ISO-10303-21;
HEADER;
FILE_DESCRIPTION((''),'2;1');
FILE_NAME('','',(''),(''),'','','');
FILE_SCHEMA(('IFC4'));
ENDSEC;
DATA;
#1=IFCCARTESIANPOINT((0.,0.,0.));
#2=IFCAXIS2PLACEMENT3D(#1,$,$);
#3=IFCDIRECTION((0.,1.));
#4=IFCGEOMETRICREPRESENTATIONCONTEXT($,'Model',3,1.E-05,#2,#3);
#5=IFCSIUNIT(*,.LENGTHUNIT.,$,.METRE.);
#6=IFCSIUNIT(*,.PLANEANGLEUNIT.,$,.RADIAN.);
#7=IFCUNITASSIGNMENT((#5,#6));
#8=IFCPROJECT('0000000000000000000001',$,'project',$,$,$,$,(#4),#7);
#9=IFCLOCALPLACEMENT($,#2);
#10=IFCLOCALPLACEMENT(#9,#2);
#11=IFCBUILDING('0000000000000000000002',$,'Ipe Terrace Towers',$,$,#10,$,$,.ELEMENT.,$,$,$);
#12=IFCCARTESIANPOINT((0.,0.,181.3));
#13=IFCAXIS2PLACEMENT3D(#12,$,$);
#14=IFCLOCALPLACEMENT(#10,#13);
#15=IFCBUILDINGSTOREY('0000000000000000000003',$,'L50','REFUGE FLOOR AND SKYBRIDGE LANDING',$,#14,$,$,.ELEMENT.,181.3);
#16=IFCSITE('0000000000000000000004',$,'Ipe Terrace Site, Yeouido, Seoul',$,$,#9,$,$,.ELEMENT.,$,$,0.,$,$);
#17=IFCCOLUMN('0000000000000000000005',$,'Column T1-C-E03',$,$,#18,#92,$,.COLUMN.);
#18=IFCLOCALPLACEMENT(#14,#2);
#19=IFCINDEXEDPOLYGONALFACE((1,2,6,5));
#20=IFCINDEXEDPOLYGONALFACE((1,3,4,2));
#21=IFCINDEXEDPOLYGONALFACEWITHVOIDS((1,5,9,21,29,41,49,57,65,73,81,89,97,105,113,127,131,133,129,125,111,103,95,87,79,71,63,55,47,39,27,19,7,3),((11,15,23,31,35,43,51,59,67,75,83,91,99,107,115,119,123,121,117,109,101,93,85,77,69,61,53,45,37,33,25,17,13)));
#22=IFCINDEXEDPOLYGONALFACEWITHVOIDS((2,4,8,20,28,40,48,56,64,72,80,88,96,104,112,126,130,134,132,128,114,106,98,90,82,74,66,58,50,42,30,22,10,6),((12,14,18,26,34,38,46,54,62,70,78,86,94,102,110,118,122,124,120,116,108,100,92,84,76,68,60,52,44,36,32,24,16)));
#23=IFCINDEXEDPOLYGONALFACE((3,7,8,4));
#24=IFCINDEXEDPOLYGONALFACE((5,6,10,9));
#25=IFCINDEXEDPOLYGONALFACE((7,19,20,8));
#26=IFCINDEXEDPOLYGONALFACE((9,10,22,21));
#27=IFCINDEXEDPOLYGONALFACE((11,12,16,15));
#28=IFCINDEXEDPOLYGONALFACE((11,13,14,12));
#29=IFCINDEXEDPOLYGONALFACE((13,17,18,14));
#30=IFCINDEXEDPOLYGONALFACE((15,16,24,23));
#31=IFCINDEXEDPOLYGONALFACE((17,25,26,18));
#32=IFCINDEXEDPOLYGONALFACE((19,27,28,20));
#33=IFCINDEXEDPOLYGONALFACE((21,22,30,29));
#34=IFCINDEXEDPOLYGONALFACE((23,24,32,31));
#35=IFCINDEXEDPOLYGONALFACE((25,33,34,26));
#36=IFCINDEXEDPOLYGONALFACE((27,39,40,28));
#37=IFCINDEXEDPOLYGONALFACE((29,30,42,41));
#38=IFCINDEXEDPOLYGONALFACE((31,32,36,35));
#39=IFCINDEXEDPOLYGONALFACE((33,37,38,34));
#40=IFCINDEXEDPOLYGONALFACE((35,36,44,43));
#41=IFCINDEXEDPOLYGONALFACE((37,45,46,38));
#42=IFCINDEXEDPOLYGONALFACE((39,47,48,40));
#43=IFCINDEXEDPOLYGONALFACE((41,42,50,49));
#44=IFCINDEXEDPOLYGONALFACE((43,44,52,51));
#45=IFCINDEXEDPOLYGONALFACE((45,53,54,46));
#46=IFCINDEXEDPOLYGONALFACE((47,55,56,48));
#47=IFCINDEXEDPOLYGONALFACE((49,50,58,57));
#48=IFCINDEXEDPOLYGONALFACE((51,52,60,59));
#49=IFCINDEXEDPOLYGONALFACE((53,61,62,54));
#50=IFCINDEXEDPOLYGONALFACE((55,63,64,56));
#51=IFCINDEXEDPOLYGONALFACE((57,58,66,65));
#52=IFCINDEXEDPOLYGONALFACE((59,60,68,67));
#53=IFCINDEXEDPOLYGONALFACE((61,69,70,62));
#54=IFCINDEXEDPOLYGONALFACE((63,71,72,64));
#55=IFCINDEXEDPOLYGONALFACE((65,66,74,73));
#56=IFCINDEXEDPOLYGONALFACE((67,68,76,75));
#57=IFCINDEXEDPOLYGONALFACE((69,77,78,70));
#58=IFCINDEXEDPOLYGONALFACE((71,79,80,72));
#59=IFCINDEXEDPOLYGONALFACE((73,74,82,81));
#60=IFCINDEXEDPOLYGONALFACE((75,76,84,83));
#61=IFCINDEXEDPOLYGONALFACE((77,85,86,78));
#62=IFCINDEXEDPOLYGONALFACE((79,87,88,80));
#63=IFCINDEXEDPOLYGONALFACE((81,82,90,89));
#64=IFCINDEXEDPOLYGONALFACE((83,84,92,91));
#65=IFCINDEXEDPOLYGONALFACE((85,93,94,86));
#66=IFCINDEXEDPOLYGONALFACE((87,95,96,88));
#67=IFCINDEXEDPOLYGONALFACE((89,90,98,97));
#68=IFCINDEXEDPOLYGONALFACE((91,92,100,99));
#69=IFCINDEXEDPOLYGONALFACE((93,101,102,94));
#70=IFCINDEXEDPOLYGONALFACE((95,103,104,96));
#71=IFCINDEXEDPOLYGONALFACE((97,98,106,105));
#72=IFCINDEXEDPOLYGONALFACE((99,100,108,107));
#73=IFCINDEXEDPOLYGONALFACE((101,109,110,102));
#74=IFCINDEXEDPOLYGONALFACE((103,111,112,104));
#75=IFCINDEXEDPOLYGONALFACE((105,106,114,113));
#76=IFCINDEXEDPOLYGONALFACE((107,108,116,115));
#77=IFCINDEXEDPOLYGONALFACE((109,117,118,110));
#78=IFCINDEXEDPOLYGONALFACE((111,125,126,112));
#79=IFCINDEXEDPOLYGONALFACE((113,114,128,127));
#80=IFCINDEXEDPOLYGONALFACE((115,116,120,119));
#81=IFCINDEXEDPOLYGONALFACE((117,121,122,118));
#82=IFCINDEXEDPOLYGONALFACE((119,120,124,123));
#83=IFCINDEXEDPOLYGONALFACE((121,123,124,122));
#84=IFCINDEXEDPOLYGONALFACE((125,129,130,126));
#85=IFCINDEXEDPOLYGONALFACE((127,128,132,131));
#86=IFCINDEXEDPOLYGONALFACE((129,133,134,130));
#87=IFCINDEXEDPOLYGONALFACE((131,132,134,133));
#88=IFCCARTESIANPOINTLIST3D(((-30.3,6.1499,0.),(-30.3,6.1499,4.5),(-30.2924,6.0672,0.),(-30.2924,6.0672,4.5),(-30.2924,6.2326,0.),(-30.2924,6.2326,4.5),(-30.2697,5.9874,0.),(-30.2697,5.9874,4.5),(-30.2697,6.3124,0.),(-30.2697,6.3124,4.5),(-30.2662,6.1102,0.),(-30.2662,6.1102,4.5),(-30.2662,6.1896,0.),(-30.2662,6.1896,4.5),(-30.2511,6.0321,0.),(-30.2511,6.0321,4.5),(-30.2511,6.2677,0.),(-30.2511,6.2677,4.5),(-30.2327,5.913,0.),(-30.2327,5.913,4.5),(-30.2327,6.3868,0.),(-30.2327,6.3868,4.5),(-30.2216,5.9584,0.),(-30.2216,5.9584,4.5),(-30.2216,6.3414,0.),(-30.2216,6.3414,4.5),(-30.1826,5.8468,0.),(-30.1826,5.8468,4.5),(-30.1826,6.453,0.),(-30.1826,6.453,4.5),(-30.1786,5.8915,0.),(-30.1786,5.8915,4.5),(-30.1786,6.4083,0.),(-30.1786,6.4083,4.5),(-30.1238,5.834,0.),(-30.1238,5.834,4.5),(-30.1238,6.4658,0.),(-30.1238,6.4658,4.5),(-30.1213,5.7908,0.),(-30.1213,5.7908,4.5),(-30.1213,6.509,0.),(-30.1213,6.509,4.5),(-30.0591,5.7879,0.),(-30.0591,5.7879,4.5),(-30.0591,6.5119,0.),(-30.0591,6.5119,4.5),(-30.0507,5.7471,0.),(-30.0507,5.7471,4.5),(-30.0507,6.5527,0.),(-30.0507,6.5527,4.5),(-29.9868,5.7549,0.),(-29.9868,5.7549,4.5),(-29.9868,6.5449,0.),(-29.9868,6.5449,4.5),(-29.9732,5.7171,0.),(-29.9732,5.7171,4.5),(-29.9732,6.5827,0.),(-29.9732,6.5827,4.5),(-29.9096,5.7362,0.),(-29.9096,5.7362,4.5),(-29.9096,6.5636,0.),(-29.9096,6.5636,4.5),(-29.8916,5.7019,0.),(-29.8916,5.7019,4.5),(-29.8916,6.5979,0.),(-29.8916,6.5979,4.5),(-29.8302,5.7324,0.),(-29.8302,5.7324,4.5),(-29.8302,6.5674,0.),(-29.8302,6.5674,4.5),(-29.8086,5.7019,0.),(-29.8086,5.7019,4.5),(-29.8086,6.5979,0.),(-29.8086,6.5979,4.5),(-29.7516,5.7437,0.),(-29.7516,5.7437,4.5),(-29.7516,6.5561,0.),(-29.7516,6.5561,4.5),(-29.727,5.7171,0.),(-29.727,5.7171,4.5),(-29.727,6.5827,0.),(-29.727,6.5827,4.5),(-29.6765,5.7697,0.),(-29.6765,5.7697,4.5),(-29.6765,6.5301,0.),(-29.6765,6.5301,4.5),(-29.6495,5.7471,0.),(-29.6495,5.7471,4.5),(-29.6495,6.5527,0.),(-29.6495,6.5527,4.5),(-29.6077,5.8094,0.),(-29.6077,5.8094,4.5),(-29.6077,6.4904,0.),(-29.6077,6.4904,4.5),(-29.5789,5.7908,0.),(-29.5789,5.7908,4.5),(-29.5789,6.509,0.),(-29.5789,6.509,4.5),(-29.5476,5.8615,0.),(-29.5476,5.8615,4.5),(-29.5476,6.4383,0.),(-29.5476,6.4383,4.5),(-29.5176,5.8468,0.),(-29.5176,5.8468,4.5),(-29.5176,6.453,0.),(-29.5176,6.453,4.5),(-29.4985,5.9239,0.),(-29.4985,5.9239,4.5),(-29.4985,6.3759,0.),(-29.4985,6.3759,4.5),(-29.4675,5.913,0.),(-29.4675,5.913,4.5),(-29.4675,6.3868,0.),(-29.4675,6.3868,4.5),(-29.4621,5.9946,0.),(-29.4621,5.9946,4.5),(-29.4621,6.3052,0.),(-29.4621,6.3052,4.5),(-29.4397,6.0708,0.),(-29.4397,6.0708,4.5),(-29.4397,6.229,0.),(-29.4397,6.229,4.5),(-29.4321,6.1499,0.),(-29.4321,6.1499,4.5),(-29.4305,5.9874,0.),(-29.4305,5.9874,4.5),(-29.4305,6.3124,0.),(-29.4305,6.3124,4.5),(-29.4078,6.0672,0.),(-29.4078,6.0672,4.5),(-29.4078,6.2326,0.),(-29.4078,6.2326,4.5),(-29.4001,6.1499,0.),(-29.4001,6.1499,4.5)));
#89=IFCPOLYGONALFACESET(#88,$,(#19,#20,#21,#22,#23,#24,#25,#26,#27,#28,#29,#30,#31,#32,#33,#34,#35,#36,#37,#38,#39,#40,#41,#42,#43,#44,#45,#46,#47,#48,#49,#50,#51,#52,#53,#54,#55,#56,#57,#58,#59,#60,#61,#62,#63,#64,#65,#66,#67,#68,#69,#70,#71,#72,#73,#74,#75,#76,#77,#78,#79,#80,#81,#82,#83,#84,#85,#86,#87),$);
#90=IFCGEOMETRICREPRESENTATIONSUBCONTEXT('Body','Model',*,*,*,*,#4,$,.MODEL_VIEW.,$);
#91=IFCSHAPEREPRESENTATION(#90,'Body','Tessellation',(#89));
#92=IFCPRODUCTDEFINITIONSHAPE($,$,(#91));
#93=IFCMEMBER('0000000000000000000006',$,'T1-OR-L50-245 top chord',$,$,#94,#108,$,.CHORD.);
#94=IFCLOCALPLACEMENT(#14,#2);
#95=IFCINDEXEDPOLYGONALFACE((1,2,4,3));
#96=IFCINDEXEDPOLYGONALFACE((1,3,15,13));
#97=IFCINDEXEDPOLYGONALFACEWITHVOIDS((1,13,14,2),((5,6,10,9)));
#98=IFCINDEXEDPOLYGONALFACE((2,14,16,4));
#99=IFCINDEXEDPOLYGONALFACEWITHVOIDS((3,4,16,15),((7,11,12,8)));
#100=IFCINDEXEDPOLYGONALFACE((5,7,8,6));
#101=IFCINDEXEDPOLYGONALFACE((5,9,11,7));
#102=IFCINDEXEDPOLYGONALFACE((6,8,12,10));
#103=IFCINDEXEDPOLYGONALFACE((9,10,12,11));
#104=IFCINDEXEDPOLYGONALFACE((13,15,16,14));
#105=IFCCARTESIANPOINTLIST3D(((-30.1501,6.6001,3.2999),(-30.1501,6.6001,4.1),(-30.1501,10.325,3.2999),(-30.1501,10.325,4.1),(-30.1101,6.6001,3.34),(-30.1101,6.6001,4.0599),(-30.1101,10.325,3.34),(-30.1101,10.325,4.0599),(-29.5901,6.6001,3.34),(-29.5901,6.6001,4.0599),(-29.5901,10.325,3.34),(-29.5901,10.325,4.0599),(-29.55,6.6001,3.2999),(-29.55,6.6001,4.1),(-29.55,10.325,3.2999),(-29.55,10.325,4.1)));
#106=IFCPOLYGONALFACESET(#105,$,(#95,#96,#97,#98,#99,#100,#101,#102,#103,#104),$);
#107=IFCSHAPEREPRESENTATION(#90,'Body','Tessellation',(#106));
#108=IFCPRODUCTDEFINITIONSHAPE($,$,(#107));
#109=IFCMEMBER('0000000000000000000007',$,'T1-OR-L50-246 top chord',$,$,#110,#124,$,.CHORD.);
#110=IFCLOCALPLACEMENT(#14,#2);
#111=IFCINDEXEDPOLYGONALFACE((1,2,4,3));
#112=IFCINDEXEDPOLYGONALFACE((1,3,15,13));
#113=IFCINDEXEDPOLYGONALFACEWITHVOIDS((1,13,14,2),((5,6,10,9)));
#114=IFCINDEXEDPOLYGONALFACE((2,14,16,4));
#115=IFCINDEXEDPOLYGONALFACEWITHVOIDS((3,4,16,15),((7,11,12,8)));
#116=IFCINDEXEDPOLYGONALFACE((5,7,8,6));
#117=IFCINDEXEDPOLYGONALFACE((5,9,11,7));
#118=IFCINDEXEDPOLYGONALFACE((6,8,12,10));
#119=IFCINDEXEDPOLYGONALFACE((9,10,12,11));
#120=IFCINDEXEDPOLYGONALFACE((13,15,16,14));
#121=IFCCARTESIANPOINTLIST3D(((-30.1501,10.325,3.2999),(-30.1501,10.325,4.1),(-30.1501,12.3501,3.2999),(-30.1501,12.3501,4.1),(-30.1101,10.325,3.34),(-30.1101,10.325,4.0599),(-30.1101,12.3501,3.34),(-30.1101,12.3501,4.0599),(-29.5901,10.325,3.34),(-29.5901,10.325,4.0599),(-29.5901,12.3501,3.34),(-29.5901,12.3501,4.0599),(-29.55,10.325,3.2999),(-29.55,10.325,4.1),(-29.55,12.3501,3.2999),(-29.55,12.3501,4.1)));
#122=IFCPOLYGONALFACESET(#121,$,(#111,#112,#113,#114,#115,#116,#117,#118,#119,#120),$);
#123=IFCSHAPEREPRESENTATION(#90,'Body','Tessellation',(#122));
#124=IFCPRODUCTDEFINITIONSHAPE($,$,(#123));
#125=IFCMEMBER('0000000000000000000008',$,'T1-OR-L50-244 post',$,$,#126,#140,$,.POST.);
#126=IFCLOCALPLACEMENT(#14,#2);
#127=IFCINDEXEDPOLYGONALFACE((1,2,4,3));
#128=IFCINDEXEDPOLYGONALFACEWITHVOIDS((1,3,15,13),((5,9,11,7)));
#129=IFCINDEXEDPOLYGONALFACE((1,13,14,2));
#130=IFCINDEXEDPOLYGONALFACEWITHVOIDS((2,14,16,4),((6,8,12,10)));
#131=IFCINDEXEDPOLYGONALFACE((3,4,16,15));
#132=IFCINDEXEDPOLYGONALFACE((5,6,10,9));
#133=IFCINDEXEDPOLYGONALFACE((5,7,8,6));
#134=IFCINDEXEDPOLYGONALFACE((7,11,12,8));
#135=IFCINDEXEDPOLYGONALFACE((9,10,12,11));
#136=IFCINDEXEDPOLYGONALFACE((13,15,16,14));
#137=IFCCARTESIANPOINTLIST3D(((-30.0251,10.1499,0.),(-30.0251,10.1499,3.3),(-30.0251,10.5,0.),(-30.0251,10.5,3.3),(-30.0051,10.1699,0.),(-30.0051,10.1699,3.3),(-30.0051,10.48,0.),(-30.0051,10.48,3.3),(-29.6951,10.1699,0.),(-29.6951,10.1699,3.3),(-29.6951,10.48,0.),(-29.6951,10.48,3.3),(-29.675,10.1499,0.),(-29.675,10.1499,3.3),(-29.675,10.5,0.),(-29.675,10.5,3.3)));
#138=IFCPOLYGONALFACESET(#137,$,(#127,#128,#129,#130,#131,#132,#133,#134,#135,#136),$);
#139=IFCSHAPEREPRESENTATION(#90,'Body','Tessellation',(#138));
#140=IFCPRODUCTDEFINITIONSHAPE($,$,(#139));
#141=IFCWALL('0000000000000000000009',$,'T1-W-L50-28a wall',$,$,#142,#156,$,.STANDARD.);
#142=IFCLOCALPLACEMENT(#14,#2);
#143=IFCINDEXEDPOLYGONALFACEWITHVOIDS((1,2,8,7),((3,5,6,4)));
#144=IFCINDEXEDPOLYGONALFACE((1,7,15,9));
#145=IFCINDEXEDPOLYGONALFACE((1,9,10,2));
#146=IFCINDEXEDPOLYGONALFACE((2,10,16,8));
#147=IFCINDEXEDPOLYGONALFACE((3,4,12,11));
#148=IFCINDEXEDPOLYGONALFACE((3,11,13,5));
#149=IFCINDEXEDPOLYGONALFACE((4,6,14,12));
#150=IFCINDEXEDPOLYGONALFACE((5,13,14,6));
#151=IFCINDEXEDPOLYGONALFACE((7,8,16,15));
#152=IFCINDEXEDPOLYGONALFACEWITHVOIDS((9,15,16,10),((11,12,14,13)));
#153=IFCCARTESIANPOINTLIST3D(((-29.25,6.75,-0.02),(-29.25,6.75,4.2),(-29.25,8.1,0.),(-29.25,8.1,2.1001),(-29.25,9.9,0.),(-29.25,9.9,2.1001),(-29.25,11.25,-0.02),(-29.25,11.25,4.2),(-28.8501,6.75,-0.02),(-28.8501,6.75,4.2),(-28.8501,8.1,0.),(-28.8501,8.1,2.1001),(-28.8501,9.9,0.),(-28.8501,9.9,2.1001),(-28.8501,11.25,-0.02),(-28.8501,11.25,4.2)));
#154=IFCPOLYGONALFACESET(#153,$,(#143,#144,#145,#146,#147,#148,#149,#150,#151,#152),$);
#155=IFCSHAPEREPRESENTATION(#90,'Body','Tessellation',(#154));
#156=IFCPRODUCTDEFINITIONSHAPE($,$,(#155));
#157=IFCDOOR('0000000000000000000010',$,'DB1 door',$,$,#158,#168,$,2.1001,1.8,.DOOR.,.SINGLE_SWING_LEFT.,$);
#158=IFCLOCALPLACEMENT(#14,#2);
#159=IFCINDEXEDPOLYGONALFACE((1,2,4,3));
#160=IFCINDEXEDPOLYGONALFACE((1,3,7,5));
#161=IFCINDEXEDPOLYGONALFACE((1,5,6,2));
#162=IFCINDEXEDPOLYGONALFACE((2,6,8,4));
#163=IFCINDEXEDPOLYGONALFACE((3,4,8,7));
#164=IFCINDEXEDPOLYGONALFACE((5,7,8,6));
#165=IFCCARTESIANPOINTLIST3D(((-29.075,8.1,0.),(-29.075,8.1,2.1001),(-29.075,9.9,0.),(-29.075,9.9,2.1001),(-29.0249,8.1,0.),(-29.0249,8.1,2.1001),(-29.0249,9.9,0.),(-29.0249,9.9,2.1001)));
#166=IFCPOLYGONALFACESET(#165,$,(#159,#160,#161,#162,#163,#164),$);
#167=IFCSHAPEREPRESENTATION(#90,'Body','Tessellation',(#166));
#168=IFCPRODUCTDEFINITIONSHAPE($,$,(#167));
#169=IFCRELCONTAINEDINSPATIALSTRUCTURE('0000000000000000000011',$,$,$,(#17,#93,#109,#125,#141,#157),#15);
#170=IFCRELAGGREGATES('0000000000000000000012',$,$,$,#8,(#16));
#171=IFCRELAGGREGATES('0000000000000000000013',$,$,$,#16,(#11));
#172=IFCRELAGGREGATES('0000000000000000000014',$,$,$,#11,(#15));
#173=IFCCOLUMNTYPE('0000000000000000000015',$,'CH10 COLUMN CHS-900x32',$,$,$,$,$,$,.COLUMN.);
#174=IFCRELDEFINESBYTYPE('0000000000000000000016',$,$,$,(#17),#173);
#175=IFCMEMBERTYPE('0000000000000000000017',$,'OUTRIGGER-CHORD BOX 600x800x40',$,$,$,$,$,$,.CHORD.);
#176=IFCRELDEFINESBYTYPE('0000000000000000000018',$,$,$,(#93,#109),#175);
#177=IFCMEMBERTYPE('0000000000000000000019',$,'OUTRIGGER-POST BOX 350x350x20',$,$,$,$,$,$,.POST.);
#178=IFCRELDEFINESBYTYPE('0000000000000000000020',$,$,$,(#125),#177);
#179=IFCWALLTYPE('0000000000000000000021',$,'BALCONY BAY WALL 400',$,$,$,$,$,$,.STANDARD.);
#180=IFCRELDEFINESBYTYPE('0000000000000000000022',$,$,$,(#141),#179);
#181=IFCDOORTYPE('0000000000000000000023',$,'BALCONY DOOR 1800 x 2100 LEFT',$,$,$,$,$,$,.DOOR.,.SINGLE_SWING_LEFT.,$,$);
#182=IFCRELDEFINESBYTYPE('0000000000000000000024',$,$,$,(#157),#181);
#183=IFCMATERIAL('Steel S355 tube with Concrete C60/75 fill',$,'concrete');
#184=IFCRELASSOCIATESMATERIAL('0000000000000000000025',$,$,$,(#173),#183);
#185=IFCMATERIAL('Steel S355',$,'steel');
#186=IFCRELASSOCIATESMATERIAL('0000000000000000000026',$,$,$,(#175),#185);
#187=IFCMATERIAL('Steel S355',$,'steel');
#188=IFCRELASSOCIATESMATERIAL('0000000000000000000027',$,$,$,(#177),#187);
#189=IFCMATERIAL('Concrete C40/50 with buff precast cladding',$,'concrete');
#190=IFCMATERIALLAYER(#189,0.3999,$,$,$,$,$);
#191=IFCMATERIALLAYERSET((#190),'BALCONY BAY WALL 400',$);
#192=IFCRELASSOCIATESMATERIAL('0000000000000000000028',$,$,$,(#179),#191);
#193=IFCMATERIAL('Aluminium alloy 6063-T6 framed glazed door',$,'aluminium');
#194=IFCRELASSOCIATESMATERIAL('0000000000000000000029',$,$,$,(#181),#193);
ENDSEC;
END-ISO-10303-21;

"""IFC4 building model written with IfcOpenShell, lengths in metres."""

from ifc_helpers import new_model, si_unit, direction, frame, frame_2d, origin, origin_2d, place, context, subcontext, project, spatial, rectangle, hollow_rectangle, hollow_circle, extrude, material, layer, layer_set, material_profile, profile_set, type_object, element, fill, save


model = new_model("IFC4")

# Units and contexts
model_context = context("Model", 3, precision=1e-05, world=origin(), true_north=direction((0.0, 1.0)))
body_context = subcontext(model_context, "Body", "Model", "MODEL_VIEW")
ifc_project = project(units=[si_unit("LENGTHUNIT", "METRE"), si_unit("PLANEANGLEUNIT", "RADIAN")], contexts=[model_context])

# Site, building, storey
site_placement = place(None, origin())
site = spatial("IfcSite", under=ifc_project, at=site_placement, Name="Ipe Terrace Site, Yeouido, Seoul", CompositionType="ELEMENT", RefElevation=0.0)
building_placement = place(site_placement, origin())
building = spatial("IfcBuilding", under=site, at=building_placement, Name="Ipe Terrace Towers", CompositionType="ELEMENT")
storey_placement = place(building_placement, frame((0.0, 0.0, 181.3)))
storey = spatial("IfcBuildingStorey", under=building, at=storey_placement, Name="L50", Description="REFUGE FLOOR AND SKYBRIDGE LANDING", CompositionType="ELEMENT", Elevation=181.3)

# Column
ifc_material_1 = material(Name="Steel S355 tube with Concrete C60/75 fill", Category="concrete")
ifc_material_profile_1 = material_profile(ifc_material_1, hollow_circle(Radius=0.45, WallThickness=0.032, at=origin_2d()), Name="CHS-900x32")
ifc_profile_set_1 = profile_set([ifc_material_profile_1], Name="Steel S355 tube with Concrete C60/75 fill")
column_type = type_object("IfcColumnType", Name="CH10 COLUMN CHS-900x32", PredefinedType="COLUMN", material=ifc_profile_set_1)
column_placement = place(storey_placement, frame((-29.8501, 6.1499, 0.0), z_axis=(0.0, 0.0, 1.0), x_axis=(1.0, 0.0, 0.0)))
element("IfcColumn", 1, at=column_placement, inside=storey, type_object=column_type, Name="Column T1-C-E03", PredefinedType="COLUMN", context=body_context, shape_type="SweptSolid", body=[
    extrude(hollow_circle(Radius=0.45, WallThickness=0.032, at=origin_2d()), origin(), (0.0, 0.0, 1.0), 4.5),
])

# Members
ifc_material_2 = material(Name="Steel S355", Category="steel")
ifc_material_profile_2 = material_profile(ifc_material_2, hollow_rectangle(XDim=0.6001, YDim=0.8, WallThickness=0.04, at=origin_2d()), Name="OUTRIGGER-CHORD BOX 600x800x40")
ifc_profile_set_2 = profile_set([ifc_material_profile_2], Name="Steel S355")
member_type_1 = type_object("IfcMemberType", Name="OUTRIGGER-CHORD BOX 600x800x40", PredefinedType="CHORD", material=ifc_profile_set_2)
member_1_placement = place(storey_placement, frame((-29.8501, 6.6001, 3.7), z_axis=(0.0, 1.0, 0.0), x_axis=(-1.0, 0.0, 0.0)))
element("IfcMember", 2, at=member_1_placement, inside=storey, type_object=member_type_1, Name="T1-OR-L50-245 top chord", PredefinedType="CHORD", context=body_context, shape_type="SweptSolid", body=[
    extrude(hollow_rectangle(XDim=0.6001, YDim=0.8, WallThickness=0.04, at=origin_2d()), origin(), (0.0, 0.0, 1.0), 3.7249),
])
member_2_placement = place(storey_placement, frame((-29.8501, 10.325, 3.7), z_axis=(0.0, 1.0, 0.0), x_axis=(-1.0, 0.0, 0.0)))
element("IfcMember", 3, at=member_2_placement, inside=storey, type_object=member_type_1, Name="T1-OR-L50-246 top chord", PredefinedType="CHORD", context=body_context, shape_type="SweptSolid", body=[
    extrude(hollow_rectangle(XDim=0.6001, YDim=0.8, WallThickness=0.04, at=origin_2d()), origin(), (0.0, 0.0, 1.0), 2.0251),
])
ifc_material_3 = material(Name="Steel S355", Category="steel")
ifc_material_profile_3 = material_profile(ifc_material_3, hollow_rectangle(XDim=0.3501, YDim=0.3501, WallThickness=0.02, at=origin_2d()), Name="OUTRIGGER-POST BOX 350x350x20")
ifc_profile_set_3 = profile_set([ifc_material_profile_3], Name="Steel S355")
member_type_2 = type_object("IfcMemberType", Name="OUTRIGGER-POST BOX 350x350x20", PredefinedType="POST", material=ifc_profile_set_3)
member_3_placement = place(storey_placement, frame((-29.8501, 10.325, 0.0), z_axis=(0.0, 0.0, 1.0), x_axis=(1.0, 0.0, 0.0)))
element("IfcMember", 4, at=member_3_placement, inside=storey, type_object=member_type_2, Name="T1-OR-L50-244 post", PredefinedType="POST", context=body_context, shape_type="SweptSolid", body=[
    extrude(hollow_rectangle(XDim=0.3501, YDim=0.3501, WallThickness=0.02, at=origin_2d()), origin(), (0.0, 0.0, 1.0), 3.3),
])

# Wall, opening, door
ifc_material_4 = material(Name="Concrete C40/50 with buff precast cladding", Category="concrete")
ifc_layer_1 = layer(ifc_material_4, 0.3999)
ifc_layer_set_1 = layer_set([ifc_layer_1], Name="BALCONY BAY WALL 400")
wall_type_1 = type_object("IfcWallType", Name="BALCONY BAY WALL 400", PredefinedType="STANDARD", material=ifc_layer_set_1)
wall_1_placement = place(storey_placement, frame((-29.05, 6.75, -0.02), z_axis=(0.0, 0.0, 1.0), x_axis=(0.0, 1.0, 0.0)))
wall_1 = element("IfcWall", 5, at=wall_1_placement, inside=storey, type_object=wall_type_1, Name="T1-W-L50-28a wall", PredefinedType="STANDARD", context=body_context, shape_type="SweptSolid", body=[
    extrude(rectangle(XDim=4.5, YDim=0.3999, at=frame_2d((2.25, 0.0))), origin(), (0.0, 0.0, 1.0), 4.22),
])
opening_1_placement = place(wall_1_placement, frame((1.3501, 0.0, 0.02)))
opening_1 = element("IfcOpeningElement", 6, at=opening_1_placement, cuts=wall_1, PredefinedType="OPENING", context=body_context, shape_type="SweptSolid", body=[
    extrude(rectangle(XDim=1.8, YDim=2.1001, at=frame_2d((0.8999, 1.05))), frame((0.0, 0.21, 0.0), z_axis=(0.0, -1.0, 0.0), x_axis=(1.0, 0.0, 0.0)), (0.0, 0.0, 1.0), 0.4199),
])
ifc_material_5 = material(Name="Aluminium alloy 6063-T6 framed glazed door", Category="aluminium")
door_type_1 = type_object("IfcDoorType", Name="BALCONY DOOR 1800 x 2100 LEFT", OperationType="SINGLE_SWING_LEFT", PredefinedType="DOOR", material=ifc_material_5)
door_1_placement = place(opening_1_placement, origin())
door_1 = element("IfcDoor", 7, at=door_1_placement, inside=storey, type_object=door_type_1, Name="DB1 door", OperationType="SINGLE_SWING_LEFT", OverallHeight=2.1001, OverallWidth=1.8, PredefinedType="DOOR", context=body_context, shape_type="SweptSolid", body=[
    extrude(rectangle(XDim=1.8, YDim=2.1001, at=frame_2d((0.8999, 1.05))), frame((0.0, 0.0249, 0.0), z_axis=(0.0, -1.0, 0.0), x_axis=(1.0, 0.0, 0.0)), (0.0, 0.0, 1.0), 0.05),
])
fill(opening_1, door_1)

save(model, "model.ifc")
